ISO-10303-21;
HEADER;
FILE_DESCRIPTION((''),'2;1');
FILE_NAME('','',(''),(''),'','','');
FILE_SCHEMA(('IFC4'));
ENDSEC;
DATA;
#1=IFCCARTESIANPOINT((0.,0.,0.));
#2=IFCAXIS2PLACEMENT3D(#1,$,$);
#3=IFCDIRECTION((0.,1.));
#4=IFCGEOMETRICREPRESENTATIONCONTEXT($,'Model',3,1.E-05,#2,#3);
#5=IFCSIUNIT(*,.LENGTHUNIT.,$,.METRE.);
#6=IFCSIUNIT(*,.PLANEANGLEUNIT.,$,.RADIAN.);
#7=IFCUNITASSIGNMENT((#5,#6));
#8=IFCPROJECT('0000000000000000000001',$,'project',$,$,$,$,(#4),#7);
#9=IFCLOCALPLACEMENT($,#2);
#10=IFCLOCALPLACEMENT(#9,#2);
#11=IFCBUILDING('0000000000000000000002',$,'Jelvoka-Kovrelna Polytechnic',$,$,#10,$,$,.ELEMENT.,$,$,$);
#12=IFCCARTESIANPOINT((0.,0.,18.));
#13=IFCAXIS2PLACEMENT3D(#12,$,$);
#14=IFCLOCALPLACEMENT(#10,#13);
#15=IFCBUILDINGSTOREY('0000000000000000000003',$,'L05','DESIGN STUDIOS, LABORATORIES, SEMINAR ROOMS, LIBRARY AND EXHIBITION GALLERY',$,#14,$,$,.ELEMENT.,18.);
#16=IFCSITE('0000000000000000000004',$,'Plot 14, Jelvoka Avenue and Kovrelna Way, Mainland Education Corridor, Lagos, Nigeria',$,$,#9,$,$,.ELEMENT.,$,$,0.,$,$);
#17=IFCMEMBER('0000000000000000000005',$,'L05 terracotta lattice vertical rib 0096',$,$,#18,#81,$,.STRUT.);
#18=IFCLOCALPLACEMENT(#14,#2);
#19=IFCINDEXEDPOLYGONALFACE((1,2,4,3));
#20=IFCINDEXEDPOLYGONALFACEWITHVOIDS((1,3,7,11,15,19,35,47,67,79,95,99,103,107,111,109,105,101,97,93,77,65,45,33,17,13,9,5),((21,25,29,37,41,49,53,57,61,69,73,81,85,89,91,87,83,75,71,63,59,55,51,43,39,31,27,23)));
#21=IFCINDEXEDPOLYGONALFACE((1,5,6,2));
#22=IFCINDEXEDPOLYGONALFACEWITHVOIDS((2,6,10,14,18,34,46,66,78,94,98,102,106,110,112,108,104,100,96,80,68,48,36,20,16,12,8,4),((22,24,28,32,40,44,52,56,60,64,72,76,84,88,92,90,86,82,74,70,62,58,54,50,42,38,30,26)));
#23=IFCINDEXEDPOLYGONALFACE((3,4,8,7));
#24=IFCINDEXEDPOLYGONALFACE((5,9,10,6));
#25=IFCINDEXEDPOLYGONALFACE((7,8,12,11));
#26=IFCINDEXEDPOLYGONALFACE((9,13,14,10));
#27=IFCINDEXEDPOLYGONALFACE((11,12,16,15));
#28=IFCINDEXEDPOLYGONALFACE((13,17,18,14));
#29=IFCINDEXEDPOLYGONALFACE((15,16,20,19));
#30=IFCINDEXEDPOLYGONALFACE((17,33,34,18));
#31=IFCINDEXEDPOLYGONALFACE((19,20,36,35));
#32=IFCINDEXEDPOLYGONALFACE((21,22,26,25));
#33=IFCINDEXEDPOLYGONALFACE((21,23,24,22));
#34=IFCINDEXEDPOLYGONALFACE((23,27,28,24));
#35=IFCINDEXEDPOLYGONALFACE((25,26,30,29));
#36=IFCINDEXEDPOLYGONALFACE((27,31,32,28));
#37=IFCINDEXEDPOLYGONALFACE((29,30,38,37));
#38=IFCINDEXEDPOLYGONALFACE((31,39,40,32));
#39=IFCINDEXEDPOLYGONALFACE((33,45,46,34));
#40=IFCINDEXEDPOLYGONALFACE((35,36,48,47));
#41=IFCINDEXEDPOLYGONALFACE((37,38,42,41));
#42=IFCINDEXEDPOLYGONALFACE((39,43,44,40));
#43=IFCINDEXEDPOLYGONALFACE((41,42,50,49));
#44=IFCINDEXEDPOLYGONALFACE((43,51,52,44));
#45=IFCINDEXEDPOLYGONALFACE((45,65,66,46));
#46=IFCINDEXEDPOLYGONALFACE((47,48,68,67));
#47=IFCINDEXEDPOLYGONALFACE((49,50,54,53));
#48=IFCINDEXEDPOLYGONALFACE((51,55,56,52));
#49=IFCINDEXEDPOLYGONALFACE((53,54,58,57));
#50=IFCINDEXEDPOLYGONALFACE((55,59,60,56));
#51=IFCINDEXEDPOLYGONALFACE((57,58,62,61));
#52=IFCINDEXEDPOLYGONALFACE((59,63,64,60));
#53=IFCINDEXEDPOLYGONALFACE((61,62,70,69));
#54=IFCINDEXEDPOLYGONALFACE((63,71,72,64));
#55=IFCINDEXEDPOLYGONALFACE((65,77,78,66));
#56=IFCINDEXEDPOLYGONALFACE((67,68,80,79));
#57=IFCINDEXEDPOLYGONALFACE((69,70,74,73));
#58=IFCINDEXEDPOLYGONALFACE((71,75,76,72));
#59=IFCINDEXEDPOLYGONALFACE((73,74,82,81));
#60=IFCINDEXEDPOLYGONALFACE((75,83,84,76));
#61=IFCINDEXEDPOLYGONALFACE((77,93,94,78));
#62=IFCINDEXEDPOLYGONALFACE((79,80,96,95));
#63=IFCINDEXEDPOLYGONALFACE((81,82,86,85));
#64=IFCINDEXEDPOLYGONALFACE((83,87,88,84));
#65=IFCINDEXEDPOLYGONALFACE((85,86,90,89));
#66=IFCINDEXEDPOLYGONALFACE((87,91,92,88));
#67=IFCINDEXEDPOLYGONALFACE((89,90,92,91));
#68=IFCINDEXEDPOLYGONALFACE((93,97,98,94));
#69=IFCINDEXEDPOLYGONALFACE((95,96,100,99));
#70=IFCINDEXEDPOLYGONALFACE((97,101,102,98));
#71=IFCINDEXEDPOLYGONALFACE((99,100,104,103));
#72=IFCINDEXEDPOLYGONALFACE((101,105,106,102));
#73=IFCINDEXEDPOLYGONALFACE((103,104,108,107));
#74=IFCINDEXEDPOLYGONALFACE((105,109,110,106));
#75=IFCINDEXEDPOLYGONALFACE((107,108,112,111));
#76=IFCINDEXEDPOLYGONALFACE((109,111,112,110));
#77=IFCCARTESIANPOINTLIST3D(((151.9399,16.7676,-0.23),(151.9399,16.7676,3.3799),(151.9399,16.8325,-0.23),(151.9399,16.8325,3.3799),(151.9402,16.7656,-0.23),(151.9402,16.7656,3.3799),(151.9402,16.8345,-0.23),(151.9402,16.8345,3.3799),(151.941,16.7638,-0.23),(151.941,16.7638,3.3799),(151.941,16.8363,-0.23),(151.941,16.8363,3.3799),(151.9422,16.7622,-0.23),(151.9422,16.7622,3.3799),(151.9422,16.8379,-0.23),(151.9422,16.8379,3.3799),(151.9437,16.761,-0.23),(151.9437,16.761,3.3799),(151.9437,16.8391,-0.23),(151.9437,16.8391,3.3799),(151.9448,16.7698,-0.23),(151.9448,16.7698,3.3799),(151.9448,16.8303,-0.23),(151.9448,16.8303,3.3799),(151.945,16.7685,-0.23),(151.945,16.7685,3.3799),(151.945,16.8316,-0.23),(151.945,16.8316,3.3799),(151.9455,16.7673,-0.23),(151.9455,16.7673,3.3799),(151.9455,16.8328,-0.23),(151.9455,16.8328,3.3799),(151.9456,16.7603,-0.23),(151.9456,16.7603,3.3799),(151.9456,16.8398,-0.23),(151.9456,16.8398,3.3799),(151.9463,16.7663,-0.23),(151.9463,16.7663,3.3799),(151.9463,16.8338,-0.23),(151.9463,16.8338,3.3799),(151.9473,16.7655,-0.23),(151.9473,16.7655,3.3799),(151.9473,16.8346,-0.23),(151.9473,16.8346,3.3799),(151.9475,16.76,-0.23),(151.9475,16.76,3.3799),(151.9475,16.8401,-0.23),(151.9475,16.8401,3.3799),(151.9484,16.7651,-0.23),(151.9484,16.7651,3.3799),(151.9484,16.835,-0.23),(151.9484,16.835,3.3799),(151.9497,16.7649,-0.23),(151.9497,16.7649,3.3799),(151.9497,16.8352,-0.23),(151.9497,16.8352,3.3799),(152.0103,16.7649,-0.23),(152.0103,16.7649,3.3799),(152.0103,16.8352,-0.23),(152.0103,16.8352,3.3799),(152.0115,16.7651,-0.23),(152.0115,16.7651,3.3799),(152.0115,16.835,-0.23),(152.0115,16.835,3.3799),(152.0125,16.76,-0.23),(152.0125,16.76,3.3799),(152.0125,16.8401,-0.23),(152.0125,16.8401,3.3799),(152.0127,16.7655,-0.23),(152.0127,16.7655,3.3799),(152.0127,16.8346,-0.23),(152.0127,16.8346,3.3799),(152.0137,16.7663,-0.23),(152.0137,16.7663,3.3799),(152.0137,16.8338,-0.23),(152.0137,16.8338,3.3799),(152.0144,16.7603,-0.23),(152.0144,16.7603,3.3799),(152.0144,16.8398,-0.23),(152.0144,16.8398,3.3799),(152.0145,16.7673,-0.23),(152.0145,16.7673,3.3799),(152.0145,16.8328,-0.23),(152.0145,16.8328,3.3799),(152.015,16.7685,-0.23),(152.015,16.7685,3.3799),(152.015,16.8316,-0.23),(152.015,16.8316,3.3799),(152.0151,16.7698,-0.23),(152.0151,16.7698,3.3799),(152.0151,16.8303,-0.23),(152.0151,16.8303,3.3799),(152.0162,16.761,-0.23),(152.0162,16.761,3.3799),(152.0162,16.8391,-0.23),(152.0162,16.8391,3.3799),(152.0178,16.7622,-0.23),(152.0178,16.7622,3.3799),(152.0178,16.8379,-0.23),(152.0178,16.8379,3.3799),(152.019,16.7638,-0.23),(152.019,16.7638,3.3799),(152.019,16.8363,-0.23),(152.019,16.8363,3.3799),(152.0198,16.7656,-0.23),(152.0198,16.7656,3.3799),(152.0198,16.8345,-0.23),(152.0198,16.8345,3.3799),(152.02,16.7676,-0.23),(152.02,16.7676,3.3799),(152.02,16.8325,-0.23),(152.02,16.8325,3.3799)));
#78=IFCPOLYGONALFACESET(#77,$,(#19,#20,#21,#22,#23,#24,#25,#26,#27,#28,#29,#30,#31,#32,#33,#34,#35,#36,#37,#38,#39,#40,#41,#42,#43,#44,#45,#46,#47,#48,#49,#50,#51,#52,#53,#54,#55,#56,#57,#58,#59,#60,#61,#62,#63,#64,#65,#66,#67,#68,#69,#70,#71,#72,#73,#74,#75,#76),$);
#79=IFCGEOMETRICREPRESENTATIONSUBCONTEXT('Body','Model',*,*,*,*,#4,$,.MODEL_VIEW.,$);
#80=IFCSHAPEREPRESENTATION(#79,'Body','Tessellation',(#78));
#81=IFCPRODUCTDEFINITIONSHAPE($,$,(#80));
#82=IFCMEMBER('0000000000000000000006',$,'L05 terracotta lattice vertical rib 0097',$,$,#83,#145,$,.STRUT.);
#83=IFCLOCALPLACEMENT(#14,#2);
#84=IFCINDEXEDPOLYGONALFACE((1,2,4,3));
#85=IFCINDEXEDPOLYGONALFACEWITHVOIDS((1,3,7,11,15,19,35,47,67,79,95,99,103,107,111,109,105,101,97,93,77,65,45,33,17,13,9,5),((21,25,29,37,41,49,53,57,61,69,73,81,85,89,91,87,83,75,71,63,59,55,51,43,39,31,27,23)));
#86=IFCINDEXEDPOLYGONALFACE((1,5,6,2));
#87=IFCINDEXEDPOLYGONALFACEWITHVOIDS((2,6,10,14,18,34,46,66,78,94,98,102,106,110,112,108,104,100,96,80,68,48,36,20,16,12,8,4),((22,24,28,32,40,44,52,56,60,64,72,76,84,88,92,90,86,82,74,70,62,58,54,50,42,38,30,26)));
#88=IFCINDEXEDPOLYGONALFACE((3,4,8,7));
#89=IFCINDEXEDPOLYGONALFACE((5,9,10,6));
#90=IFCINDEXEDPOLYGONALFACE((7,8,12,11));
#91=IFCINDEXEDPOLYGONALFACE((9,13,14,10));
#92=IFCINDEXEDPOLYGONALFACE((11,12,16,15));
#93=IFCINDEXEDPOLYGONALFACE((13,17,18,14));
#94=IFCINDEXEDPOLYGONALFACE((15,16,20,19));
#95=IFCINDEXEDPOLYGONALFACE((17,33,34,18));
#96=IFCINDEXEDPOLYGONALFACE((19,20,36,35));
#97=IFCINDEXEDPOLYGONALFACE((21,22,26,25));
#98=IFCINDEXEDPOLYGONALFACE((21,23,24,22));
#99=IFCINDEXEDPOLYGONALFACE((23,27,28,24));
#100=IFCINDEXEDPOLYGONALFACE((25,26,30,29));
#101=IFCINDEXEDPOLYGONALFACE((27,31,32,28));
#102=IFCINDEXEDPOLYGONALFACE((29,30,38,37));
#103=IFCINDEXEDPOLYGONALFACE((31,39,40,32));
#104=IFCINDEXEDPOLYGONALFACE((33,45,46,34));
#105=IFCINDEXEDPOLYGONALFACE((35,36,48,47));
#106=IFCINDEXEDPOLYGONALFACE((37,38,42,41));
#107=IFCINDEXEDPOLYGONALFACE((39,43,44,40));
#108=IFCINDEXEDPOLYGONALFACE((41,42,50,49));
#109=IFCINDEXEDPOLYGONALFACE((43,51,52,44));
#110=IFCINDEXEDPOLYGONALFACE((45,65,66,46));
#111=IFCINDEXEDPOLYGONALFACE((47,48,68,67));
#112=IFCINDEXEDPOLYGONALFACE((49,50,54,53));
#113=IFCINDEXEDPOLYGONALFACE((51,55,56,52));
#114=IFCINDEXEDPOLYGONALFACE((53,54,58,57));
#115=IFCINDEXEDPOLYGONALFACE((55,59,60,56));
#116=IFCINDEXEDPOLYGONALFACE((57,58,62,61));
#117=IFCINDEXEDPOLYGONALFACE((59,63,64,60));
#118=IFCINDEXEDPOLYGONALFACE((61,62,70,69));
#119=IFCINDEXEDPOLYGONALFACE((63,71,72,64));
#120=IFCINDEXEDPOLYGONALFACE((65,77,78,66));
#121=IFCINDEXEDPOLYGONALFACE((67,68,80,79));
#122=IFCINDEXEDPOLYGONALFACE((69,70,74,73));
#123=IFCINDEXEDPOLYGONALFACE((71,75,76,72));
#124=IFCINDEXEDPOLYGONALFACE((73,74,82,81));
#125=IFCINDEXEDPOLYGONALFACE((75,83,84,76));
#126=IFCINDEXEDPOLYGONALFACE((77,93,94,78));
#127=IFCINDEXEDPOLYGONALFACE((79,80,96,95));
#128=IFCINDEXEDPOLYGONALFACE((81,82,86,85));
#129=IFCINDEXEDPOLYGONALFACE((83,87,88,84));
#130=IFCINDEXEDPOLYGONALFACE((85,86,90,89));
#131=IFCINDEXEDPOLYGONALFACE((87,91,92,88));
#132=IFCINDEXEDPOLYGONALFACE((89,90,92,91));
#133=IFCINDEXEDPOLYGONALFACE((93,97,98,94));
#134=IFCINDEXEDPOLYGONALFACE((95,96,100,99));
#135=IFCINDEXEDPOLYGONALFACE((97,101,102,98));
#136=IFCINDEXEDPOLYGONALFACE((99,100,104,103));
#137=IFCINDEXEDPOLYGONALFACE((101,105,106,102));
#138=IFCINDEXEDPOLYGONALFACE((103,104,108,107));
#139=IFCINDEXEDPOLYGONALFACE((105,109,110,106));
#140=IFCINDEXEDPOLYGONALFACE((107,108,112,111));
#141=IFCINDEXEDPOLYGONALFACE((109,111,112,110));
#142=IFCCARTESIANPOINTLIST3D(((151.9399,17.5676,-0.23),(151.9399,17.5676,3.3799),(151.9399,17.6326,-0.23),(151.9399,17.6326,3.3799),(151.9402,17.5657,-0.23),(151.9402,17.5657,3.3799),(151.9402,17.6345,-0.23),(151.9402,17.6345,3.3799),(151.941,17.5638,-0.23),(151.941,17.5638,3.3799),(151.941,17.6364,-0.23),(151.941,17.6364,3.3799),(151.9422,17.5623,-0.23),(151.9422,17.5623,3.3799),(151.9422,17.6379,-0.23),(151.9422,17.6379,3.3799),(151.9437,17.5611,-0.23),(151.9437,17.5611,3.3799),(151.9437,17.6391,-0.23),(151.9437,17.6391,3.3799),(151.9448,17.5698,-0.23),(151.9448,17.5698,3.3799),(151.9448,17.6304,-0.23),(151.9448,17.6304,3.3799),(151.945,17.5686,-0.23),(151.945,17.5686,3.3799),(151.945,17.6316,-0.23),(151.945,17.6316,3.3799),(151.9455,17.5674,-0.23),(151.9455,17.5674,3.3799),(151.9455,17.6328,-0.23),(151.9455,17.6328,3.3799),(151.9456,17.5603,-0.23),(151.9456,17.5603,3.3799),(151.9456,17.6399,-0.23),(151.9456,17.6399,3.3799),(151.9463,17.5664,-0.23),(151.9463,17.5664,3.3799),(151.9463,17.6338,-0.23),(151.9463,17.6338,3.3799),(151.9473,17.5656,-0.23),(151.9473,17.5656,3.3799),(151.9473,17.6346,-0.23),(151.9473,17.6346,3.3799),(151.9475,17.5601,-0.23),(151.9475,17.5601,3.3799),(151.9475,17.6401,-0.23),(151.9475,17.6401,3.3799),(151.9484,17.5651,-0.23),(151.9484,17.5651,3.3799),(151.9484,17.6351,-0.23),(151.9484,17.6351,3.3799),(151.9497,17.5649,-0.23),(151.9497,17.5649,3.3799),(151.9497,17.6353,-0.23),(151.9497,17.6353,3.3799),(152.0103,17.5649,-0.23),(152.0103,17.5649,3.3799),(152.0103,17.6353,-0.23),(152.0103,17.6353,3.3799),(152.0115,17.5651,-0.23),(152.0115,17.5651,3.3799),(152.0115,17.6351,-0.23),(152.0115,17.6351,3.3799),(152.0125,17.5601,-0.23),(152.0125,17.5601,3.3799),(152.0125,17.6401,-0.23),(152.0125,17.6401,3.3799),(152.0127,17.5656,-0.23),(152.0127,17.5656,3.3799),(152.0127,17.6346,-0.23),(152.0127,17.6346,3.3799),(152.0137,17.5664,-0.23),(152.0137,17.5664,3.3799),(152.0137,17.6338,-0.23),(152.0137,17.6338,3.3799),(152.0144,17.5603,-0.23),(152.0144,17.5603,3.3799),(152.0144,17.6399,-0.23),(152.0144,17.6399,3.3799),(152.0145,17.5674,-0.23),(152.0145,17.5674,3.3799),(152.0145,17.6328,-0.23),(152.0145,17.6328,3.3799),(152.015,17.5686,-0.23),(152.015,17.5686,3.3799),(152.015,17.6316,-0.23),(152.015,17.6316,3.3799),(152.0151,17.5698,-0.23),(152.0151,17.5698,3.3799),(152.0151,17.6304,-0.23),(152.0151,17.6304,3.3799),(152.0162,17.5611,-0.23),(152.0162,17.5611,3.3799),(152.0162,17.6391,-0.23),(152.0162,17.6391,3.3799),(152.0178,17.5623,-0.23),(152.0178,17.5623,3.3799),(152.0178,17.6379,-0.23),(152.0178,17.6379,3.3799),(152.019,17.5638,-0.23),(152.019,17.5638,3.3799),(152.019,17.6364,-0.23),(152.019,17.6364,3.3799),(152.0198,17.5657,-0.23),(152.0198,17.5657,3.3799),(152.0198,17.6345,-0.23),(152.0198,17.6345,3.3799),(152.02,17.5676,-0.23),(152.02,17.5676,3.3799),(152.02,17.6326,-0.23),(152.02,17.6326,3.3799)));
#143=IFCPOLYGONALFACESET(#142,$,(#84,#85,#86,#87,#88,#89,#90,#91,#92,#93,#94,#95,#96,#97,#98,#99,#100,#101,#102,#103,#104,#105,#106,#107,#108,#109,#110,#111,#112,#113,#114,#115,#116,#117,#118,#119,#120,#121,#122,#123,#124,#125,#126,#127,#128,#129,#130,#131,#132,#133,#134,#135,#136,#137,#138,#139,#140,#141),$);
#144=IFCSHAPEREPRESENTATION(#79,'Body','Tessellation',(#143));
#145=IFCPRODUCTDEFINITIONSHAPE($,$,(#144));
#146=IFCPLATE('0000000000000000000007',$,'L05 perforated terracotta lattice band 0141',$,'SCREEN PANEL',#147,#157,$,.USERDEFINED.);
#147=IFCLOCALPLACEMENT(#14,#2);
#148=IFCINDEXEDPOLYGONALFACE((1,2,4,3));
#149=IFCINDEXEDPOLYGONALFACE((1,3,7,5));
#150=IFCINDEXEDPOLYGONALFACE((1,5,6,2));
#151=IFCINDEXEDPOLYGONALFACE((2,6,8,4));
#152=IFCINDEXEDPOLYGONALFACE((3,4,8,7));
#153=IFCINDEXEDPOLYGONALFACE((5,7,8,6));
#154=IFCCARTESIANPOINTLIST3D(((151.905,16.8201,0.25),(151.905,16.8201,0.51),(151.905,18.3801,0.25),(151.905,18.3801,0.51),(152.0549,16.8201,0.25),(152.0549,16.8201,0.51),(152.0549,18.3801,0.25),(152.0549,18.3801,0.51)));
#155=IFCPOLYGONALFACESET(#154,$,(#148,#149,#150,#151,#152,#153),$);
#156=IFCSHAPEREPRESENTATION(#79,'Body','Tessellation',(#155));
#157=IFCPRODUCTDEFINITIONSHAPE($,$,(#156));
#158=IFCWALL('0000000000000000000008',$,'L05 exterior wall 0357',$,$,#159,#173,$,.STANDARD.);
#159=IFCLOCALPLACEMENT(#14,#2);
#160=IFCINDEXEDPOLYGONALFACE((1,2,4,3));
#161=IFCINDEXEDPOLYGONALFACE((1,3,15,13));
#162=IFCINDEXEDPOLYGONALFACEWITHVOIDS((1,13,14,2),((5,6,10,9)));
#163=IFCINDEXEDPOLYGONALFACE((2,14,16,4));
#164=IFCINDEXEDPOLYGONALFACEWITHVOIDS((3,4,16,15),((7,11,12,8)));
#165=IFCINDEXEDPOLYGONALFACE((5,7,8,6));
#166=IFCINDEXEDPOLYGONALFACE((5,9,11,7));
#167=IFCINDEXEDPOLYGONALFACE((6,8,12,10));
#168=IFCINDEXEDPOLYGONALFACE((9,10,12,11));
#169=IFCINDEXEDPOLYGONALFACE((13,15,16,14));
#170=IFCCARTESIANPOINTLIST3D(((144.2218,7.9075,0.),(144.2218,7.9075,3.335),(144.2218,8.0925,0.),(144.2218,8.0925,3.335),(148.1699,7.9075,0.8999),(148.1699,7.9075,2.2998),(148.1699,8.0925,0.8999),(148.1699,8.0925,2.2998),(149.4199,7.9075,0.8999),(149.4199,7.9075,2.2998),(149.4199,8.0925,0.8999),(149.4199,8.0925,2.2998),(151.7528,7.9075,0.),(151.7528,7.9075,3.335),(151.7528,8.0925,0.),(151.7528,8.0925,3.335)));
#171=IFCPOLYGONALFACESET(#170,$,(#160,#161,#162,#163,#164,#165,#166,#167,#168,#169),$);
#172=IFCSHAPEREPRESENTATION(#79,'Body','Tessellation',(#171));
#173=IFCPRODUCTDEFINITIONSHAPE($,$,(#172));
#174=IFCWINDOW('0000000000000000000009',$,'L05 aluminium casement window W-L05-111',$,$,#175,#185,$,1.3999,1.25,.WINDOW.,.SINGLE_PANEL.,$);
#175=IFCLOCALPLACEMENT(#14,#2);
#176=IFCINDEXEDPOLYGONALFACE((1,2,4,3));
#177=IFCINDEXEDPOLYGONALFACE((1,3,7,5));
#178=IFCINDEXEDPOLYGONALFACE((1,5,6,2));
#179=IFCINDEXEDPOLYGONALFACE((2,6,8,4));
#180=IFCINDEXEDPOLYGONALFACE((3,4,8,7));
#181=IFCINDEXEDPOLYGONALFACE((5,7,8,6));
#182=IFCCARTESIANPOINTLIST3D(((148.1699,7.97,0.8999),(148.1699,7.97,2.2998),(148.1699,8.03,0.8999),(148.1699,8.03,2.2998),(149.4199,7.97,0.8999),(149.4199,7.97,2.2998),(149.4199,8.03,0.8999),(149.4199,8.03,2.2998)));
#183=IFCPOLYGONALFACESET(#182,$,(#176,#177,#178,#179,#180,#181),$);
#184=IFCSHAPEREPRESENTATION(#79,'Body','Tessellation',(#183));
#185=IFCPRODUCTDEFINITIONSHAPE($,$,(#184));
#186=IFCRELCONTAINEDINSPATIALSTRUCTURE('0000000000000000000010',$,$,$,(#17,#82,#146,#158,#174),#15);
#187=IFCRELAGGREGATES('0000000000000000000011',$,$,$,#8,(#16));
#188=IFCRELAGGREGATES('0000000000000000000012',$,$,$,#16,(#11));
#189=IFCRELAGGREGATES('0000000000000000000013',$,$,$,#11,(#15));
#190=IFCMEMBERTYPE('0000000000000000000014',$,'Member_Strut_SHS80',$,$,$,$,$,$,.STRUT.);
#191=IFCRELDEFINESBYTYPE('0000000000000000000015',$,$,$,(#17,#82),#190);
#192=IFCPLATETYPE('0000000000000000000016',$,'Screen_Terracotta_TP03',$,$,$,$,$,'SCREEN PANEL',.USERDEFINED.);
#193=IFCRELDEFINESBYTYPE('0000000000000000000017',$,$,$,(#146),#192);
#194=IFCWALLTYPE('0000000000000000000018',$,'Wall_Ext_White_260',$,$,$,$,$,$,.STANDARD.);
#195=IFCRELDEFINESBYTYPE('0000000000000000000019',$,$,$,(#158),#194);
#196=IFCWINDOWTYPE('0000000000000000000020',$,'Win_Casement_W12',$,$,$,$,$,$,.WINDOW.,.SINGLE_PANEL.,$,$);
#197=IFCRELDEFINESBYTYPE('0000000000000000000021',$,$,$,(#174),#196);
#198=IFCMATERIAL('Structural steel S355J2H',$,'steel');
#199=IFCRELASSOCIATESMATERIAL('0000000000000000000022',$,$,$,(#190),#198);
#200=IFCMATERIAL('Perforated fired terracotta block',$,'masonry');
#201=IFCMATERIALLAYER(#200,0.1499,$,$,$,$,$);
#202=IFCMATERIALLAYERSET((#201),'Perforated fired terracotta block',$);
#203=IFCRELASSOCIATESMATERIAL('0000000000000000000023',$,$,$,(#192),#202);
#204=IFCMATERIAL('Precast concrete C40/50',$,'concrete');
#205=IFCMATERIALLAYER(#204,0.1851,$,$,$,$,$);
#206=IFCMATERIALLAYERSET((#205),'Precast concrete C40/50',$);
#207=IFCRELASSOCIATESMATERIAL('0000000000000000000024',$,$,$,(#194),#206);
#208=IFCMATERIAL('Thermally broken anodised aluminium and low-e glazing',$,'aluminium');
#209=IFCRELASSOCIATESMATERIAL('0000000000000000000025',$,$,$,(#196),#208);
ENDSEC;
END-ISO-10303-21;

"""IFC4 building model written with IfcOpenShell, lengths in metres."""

from ifc_helpers import new_model, si_unit, direction, frame, frame_2d, origin, origin_2d, place, context, subcontext, project, spatial, rectangle, hollow_rectangle, extrude, material, layer, layer_set, material_profile, profile_set, type_object, element, fill, save


model = new_model("IFC4")

# Units and contexts
model_context = context("Model", 3, precision=1e-05, world=origin(), true_north=direction((0.0, 1.0)))
body_context = subcontext(model_context, "Body", "Model", "MODEL_VIEW")
ifc_project = project(units=[si_unit("LENGTHUNIT", "METRE"), si_unit("PLANEANGLEUNIT", "RADIAN")], contexts=[model_context])

# Site, building, storey
site_placement = place(None, origin())
site = spatial("IfcSite", under=ifc_project, at=site_placement, Name="Plot 14, Jelvoka Avenue and Kovrelna Way, Mainland Education Corridor, Lagos, Nigeria", CompositionType="ELEMENT", RefElevation=0.0)
building_placement = place(site_placement, origin())
building = spatial("IfcBuilding", under=site, at=building_placement, Name="Jelvoka-Kovrelna Polytechnic", CompositionType="ELEMENT")
storey_placement = place(building_placement, frame((0.0, 0.0, 18.0)))
storey = spatial("IfcBuildingStorey", under=building, at=storey_placement, Name="L05", Description="DESIGN STUDIOS, LABORATORIES, SEMINAR ROOMS, LIBRARY AND EXHIBITION GALLERY", CompositionType="ELEMENT", Elevation=18.0)

# Members
ifc_material_1 = material(Name="Structural steel S355J2H", Category="steel")
ifc_material_profile_1 = material_profile(ifc_material_1, hollow_rectangle(XDim=0.0801, YDim=0.0801, WallThickness=0.0049, InnerFilletRadius=0.0049, OuterFilletRadius=0.0076, at=origin_2d()), Name="80x80x5.0 SHS")
ifc_profile_set_1 = profile_set([ifc_material_profile_1], Name="Structural steel S355J2H")
member_type_1 = type_object("IfcMemberType", Name="Member_Strut_SHS80", PredefinedType="STRUT", material=ifc_profile_set_1)
for number, where, z_axis, x_axis, name in (
    (1, (151.98, 16.8, -0.23), (0.0, 0.0, 1.0), (1.0, 0.0, 0.0), "L05 terracotta lattice vertical rib 0096"),
    (2, (151.98, 17.6001, -0.23), (0.0, 0.0, 1.0), (1.0, 0.0, 0.0), "L05 terracotta lattice vertical rib 0097"),
):
    element("IfcMember", number, at=place(storey_placement, frame(where, z_axis=z_axis, x_axis=x_axis)), inside=storey, type_object=member_type_1, Name=name, PredefinedType="STRUT", context=body_context, shape_type="SweptSolid", body=[
        extrude(hollow_rectangle(XDim=0.0801, YDim=0.0801, WallThickness=0.0049, InnerFilletRadius=0.0049, OuterFilletRadius=0.0076, at=origin_2d()), origin(), (0.0, 0.0, 1.0), 3.6099),
    ])

# Plate
ifc_material_2 = material(Name="Perforated fired terracotta block", Category="masonry")
ifc_layer_1 = layer(ifc_material_2, 0.1499)
ifc_layer_set_1 = layer_set([ifc_layer_1], Name="Perforated fired terracotta block")
plate_type = type_object("IfcPlateType", Name="Screen_Terracotta_TP03", ElementType="SCREEN PANEL", PredefinedType="USERDEFINED", material=ifc_layer_set_1)
plate_placement = place(storey_placement, frame((151.98, 17.6001, 0.25), z_axis=(0.0, 0.0, 1.0), x_axis=(0.0, 1.0, 0.0)))
element("IfcPlate", 3, at=plate_placement, inside=storey, type_object=plate_type, Name="L05 perforated terracotta lattice band 0141", ObjectType="SCREEN PANEL", PredefinedType="USERDEFINED", context=body_context, shape_type="SweptSolid", body=[
    extrude(rectangle(XDim=1.5601, YDim=0.1499, at=origin_2d()), origin(), (0.0, 0.0, 1.0), 0.26),
])

# Wall, opening, window
ifc_material_3 = material(Name="Precast concrete C40/50", Category="concrete")
ifc_layer_2 = layer(ifc_material_3, 0.1851)
ifc_layer_set_2 = layer_set([ifc_layer_2], Name="Precast concrete C40/50")
wall_type_1 = type_object("IfcWallType", Name="Wall_Ext_White_260", PredefinedType="STANDARD", material=ifc_layer_set_2)
wall_1_placement = place(storey_placement, frame((151.7529, 8.0, 0.0), z_axis=(0.0, 0.0, 1.0), x_axis=(-1.0, 0.0, 0.0)))
wall_1 = element("IfcWall", 4, at=wall_1_placement, inside=storey, type_object=wall_type_1, Name="L05 exterior wall 0357", PredefinedType="STANDARD", context=body_context, shape_type="SweptSolid", body=[
    extrude(rectangle(XDim=7.531, YDim=0.1851, at=frame_2d((3.7656, 0.0))), origin(), (0.0, 0.0, 1.0), 3.335),
])
opening_1_placement = place(wall_1_placement, frame((2.333, 0.0, 0.8999)))
opening_1 = element("IfcOpeningElement", 5, at=opening_1_placement, cuts=wall_1, PredefinedType="OPENING", context=body_context, shape_type="SweptSolid", body=[
    extrude(rectangle(XDim=1.25, YDim=1.3999, at=frame_2d((0.625, 0.7))), frame((0.0, 0.1025, 0.0), z_axis=(0.0, -1.0, 0.0), x_axis=(1.0, 0.0, 0.0)), (0.0, 0.0, 1.0), 0.2051),
])
ifc_material_4 = material(Name="Thermally broken anodised aluminium and low-e glazing", Category="aluminium")
window_type_1 = type_object("IfcWindowType", Name="Win_Casement_W12", PartitioningType="SINGLE_PANEL", PredefinedType="WINDOW", material=ifc_material_4)
window_1_placement = place(opening_1_placement, origin())
window_1 = element("IfcWindow", 6, at=window_1_placement, inside=storey, type_object=window_type_1, Name="L05 aluminium casement window W-L05-111", OverallHeight=1.3999, OverallWidth=1.25, PartitioningType="SINGLE_PANEL", PredefinedType="WINDOW", context=body_context, shape_type="SweptSolid", body=[
    extrude(rectangle(XDim=1.25, YDim=1.3999, at=frame_2d((0.625, 0.7))), frame((0.0, 0.03, 0.0), z_axis=(0.0, -1.0, 0.0), x_axis=(1.0, 0.0, 0.0)), (0.0, 0.0, 1.0), 0.0601),
])
fill(opening_1, window_1)

save(model, "model.ifc")
